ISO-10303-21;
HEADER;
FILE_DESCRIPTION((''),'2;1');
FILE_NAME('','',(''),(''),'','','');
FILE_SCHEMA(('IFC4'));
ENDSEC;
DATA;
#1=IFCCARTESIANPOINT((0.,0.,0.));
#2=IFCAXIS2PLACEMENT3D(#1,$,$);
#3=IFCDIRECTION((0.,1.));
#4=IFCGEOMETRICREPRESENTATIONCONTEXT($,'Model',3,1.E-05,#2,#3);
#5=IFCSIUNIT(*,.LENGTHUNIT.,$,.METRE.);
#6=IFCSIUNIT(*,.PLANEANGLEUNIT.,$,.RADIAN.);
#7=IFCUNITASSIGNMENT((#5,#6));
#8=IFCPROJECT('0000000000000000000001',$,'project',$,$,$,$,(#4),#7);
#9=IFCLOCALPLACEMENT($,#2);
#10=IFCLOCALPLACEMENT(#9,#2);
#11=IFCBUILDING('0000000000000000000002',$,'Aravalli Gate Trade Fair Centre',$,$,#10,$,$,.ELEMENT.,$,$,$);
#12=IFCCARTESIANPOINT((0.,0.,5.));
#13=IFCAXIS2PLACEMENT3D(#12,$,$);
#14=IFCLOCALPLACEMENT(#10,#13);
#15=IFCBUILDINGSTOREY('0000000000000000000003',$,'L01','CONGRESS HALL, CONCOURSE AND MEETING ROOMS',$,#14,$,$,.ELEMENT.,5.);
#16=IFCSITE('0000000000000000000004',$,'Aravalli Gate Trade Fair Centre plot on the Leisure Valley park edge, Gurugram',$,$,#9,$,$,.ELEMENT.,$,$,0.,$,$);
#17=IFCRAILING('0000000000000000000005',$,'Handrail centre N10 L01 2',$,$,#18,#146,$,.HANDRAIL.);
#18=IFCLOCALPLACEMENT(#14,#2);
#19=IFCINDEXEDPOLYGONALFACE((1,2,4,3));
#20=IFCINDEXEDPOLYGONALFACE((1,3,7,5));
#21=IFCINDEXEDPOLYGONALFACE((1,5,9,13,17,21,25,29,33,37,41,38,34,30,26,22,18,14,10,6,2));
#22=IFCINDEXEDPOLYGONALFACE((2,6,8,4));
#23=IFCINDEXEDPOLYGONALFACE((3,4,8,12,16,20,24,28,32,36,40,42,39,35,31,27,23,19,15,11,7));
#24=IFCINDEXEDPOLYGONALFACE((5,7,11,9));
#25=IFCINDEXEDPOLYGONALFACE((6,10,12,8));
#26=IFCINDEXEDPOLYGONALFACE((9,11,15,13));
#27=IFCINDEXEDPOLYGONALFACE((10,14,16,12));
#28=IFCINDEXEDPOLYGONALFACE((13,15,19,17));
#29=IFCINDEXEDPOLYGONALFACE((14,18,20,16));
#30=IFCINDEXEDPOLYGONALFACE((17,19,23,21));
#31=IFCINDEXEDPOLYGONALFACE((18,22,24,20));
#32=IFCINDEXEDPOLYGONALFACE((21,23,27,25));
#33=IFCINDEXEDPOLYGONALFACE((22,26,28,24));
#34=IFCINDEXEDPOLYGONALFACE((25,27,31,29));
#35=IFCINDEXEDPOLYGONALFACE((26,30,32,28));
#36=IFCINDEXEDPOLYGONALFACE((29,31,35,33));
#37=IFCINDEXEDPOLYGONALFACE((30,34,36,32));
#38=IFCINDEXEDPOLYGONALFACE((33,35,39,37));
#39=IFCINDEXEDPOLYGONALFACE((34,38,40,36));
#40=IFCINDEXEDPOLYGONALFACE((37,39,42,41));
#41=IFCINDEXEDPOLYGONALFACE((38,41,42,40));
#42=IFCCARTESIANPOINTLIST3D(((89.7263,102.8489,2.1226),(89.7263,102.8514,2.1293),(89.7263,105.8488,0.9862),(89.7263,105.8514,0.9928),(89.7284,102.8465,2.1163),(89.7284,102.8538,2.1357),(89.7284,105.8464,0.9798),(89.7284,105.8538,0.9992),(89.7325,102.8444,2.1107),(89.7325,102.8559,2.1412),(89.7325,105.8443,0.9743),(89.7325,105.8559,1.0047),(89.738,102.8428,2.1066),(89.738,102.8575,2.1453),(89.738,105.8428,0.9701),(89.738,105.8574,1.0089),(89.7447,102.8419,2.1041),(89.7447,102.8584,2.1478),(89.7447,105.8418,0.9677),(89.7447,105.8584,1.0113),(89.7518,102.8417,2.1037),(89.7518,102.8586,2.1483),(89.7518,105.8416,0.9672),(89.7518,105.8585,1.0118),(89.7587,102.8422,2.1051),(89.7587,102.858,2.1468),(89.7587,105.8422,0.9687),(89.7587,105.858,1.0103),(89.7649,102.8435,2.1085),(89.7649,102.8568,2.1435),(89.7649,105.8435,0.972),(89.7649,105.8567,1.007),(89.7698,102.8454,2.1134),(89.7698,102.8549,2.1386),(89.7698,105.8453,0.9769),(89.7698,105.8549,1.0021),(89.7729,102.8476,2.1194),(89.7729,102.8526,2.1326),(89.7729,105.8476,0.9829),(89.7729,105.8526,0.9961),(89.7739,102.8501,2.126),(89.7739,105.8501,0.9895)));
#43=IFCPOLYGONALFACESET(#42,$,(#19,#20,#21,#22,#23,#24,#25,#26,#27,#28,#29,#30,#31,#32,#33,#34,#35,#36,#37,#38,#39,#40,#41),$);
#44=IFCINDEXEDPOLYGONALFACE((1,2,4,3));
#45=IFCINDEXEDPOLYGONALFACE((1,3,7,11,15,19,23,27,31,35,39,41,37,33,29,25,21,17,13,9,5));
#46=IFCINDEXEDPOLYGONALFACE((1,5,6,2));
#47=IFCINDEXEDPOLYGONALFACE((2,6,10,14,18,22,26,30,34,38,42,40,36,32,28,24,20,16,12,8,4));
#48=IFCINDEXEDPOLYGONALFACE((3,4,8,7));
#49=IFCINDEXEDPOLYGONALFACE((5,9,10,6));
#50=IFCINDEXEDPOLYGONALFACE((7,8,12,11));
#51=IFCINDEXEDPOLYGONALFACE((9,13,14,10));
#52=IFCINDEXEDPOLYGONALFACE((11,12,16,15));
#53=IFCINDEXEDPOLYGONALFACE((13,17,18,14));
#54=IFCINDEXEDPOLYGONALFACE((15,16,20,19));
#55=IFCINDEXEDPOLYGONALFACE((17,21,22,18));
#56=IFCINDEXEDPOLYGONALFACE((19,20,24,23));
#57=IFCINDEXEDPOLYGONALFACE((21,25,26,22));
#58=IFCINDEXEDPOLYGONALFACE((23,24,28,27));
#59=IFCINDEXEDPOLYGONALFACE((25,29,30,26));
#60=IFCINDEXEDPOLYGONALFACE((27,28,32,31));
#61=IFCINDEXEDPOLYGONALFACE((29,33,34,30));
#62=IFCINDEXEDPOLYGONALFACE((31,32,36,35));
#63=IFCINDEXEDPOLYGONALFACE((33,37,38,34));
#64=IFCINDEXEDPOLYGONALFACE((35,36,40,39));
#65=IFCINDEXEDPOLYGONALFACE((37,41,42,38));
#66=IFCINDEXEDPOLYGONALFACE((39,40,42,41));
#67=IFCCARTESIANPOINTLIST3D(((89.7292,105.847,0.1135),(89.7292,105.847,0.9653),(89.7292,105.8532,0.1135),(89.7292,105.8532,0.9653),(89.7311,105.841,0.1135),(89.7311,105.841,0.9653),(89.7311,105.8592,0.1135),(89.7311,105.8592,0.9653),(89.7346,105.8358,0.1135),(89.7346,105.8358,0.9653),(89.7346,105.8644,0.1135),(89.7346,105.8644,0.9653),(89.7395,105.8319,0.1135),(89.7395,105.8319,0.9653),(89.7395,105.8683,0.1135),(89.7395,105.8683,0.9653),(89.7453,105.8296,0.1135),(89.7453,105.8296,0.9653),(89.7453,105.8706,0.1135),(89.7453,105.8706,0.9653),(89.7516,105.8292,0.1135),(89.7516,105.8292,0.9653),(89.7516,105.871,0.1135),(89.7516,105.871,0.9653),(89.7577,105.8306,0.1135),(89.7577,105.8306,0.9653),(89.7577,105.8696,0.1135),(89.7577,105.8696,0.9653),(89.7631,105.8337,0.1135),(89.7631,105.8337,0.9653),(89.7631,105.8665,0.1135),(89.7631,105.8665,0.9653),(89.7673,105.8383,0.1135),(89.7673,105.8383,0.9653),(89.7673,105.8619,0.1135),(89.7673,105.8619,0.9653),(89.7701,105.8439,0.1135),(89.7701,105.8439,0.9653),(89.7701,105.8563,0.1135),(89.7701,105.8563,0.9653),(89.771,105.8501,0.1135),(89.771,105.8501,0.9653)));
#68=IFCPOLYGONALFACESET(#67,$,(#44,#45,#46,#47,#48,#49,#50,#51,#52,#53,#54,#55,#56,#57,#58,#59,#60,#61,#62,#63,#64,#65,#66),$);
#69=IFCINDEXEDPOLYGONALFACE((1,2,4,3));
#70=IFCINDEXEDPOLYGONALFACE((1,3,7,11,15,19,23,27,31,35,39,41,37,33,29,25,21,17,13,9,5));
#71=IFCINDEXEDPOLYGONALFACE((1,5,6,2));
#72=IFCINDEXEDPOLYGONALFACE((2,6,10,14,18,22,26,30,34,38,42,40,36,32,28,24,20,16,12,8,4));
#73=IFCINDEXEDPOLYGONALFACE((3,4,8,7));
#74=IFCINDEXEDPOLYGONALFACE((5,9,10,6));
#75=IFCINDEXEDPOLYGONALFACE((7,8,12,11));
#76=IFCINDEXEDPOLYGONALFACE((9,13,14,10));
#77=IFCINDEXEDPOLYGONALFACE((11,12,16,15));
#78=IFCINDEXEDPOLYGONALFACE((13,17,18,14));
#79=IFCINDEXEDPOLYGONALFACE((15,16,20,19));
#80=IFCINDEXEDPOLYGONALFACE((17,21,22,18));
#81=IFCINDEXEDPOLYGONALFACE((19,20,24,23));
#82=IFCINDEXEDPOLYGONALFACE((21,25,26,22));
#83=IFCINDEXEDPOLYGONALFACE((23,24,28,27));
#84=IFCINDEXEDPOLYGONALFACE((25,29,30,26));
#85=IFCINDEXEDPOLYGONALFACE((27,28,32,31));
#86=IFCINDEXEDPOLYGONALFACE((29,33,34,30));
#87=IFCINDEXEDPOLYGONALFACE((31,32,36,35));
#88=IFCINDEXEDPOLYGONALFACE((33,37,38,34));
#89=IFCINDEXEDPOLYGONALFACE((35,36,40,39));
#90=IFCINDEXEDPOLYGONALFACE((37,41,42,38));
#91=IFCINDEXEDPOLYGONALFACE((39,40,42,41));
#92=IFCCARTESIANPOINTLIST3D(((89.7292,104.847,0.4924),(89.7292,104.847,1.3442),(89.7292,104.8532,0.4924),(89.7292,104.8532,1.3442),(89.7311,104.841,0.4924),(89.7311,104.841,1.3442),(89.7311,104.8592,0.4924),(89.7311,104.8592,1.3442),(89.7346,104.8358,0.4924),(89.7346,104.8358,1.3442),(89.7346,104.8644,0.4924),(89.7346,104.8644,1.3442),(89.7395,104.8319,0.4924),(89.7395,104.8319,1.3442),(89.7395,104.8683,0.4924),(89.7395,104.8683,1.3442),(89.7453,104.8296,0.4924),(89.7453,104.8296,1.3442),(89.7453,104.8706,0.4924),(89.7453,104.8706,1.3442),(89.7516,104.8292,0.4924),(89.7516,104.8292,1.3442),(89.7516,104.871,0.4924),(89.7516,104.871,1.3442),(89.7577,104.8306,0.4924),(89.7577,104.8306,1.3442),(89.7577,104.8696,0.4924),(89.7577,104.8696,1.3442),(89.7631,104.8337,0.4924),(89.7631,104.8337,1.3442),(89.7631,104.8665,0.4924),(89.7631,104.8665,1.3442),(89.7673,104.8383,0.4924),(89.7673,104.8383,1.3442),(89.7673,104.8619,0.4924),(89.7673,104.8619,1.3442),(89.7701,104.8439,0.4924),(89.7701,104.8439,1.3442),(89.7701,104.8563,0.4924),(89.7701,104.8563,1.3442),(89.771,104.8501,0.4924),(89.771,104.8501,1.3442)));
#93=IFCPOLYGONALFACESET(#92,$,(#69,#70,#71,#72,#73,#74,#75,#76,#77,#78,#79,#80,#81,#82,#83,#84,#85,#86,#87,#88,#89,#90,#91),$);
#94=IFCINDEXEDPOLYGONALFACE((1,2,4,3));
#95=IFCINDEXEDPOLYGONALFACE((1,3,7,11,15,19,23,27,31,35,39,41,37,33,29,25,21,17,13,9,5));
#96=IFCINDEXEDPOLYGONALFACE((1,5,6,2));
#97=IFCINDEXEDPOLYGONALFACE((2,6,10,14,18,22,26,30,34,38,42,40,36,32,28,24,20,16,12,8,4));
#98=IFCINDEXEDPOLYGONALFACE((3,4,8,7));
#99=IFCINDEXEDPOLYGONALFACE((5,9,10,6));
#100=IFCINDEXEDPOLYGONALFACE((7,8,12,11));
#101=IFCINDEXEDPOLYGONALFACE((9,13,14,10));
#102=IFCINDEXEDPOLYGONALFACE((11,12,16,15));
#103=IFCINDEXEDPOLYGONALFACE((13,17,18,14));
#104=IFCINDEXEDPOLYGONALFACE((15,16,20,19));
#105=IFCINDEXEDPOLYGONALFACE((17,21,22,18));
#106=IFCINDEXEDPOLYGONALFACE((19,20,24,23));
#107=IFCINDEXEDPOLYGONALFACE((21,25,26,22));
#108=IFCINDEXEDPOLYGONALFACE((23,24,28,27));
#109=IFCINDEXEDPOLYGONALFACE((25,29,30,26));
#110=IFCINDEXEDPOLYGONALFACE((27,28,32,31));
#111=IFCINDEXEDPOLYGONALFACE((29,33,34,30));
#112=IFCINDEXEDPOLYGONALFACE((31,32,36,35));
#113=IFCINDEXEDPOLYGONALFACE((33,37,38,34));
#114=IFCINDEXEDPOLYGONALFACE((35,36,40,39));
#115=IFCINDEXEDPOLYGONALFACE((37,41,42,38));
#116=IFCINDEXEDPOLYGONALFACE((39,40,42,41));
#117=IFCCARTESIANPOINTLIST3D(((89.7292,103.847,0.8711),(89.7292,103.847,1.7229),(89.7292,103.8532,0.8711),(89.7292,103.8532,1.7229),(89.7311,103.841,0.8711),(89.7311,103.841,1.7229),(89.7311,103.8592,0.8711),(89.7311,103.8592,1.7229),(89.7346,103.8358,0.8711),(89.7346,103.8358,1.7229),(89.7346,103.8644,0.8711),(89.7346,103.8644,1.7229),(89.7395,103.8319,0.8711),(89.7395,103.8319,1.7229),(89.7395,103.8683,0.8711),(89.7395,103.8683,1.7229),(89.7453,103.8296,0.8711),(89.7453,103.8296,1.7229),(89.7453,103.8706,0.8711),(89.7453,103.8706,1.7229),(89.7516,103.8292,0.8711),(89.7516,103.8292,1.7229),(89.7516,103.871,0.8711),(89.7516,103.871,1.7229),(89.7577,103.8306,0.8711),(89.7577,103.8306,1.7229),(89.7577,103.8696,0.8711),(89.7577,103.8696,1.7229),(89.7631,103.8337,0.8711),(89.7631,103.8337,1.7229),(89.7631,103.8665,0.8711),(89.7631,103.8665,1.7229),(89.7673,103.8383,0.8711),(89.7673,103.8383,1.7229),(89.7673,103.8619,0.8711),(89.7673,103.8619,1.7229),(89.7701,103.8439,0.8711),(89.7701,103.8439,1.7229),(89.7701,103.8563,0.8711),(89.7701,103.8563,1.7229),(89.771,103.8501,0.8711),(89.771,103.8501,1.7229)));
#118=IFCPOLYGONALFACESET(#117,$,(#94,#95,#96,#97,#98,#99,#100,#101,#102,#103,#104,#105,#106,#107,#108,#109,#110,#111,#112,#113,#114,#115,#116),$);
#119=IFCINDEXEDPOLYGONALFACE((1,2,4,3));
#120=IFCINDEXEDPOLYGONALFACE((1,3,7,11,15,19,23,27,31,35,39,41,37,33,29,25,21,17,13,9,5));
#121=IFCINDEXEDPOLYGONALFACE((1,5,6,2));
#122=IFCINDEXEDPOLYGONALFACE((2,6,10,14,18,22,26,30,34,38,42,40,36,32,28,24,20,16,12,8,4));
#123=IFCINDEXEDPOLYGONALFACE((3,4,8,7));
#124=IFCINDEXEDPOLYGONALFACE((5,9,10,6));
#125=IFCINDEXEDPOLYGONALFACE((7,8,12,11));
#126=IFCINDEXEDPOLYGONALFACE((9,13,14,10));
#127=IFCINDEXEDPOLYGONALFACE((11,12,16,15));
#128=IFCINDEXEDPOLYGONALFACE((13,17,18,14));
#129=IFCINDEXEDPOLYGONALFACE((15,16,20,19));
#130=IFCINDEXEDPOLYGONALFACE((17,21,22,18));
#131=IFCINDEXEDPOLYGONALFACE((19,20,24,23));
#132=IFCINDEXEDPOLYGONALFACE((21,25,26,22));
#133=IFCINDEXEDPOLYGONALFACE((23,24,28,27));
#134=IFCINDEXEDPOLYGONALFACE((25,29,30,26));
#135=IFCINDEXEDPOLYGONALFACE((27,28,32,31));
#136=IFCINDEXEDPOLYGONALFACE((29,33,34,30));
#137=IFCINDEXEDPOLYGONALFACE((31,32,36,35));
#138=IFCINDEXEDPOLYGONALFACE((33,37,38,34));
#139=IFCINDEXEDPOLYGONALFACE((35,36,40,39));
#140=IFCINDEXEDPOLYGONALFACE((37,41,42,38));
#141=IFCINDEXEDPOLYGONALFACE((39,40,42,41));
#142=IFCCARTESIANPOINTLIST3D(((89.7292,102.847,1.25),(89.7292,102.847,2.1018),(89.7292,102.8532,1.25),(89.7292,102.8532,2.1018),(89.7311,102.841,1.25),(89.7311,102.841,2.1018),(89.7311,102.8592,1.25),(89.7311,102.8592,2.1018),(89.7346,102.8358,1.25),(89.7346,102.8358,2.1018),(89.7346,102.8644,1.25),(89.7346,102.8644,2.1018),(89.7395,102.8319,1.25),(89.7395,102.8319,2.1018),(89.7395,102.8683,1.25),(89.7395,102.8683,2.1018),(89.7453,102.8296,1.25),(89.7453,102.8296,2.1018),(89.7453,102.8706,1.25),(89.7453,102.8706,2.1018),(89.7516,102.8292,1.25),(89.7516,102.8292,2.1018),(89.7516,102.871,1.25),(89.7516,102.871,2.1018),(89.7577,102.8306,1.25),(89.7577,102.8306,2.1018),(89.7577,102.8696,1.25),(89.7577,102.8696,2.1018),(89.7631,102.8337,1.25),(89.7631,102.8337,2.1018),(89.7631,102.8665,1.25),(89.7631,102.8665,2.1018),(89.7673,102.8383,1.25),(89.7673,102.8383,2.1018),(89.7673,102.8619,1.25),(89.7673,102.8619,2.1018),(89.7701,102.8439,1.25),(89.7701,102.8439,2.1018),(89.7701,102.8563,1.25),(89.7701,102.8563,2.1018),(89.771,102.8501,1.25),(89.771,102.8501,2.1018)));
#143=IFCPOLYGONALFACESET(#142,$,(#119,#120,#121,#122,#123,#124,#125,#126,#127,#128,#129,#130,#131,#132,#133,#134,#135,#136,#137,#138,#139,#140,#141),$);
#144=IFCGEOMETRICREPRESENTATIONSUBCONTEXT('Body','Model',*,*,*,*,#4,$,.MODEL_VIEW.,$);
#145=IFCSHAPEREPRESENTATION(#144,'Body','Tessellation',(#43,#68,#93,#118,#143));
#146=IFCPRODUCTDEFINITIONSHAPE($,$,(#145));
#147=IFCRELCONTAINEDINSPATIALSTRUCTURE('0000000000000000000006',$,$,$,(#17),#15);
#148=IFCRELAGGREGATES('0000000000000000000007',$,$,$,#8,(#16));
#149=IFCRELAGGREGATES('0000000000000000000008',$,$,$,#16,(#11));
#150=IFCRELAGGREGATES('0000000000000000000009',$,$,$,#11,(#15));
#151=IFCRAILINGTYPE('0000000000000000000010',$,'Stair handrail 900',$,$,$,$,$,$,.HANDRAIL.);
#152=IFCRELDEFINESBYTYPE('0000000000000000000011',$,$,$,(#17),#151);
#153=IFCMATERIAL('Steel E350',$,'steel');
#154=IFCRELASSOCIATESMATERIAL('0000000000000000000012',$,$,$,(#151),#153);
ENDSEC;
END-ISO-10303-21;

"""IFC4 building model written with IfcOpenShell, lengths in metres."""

from ifc_helpers import new_model, si_unit, direction, frame, origin, origin_2d, place, context, subcontext, project, spatial, circle, extrude, material, type_object, element, save


model = new_model("IFC4")

# Units and contexts
model_context = context("Model", 3, precision=1e-05, world=origin(), true_north=direction((0.0, 1.0)))
body_context = subcontext(model_context, "Body", "Model", "MODEL_VIEW")
ifc_project = project(units=[si_unit("LENGTHUNIT", "METRE"), si_unit("PLANEANGLEUNIT", "RADIAN")], contexts=[model_context])

# Site, building, storey
site_placement = place(None, origin())
site = spatial("IfcSite", under=ifc_project, at=site_placement, Name="Aravalli Gate Trade Fair Centre plot on the Leisure Valley park edge, Gurugram", CompositionType="ELEMENT", RefElevation=0.0)
building_placement = place(site_placement, origin())
building = spatial("IfcBuilding", under=site, at=building_placement, Name="Aravalli Gate Trade Fair Centre", CompositionType="ELEMENT")
storey_placement = place(building_placement, frame((0.0, 0.0, 5.0)))
storey = spatial("IfcBuildingStorey", under=building, at=storey_placement, Name="L01", Description="CONGRESS HALL, CONCOURSE AND MEETING ROOMS", CompositionType="ELEMENT", Elevation=5.0)

# Shared definitions
ifc_material_1 = material(Name="Steel E350", Category="steel")

# Railing
railing_type = type_object("IfcRailingType", Name="Stair handrail 900", PredefinedType="HANDRAIL", material=ifc_material_1)
for number, where, name in (
    (1, (89.75, 105.8501, 0.1135), "Handrail centre N10 L01 2"),
):
    element("IfcRailing", number, at=place(storey_placement, frame(where)), inside=storey, type_object=railing_type, Name=name, PredefinedType="HANDRAIL", context=body_context, shape_type="SweptSolid", body=[
        extrude(circle(Radius=0.0239, at=origin_2d()), frame((0.0, 0.0, 0.876), z_axis=(0.0, -0.935148, 0.354257), x_axis=(1.0, 0.0, 0.0)), (0.0, 0.0, 1.0), 3.208),
        extrude(circle(Radius=0.021, at=origin_2d()), origin(), (0.0, 0.0, 1.0), 0.8518),
        extrude(circle(Radius=0.021, at=origin_2d()), frame((0.0, -1.0, 0.3789)), (0.0, 0.0, 1.0), 0.8518),
        extrude(circle(Radius=0.021, at=origin_2d()), frame((0.0, -2.0, 0.7576)), (0.0, 0.0, 1.0), 0.8518),
        extrude(circle(Radius=0.021, at=origin_2d()), frame((0.0, -3.0, 1.1365)), (0.0, 0.0, 1.0), 0.8518),
    ])

save(model, "model.ifc")
